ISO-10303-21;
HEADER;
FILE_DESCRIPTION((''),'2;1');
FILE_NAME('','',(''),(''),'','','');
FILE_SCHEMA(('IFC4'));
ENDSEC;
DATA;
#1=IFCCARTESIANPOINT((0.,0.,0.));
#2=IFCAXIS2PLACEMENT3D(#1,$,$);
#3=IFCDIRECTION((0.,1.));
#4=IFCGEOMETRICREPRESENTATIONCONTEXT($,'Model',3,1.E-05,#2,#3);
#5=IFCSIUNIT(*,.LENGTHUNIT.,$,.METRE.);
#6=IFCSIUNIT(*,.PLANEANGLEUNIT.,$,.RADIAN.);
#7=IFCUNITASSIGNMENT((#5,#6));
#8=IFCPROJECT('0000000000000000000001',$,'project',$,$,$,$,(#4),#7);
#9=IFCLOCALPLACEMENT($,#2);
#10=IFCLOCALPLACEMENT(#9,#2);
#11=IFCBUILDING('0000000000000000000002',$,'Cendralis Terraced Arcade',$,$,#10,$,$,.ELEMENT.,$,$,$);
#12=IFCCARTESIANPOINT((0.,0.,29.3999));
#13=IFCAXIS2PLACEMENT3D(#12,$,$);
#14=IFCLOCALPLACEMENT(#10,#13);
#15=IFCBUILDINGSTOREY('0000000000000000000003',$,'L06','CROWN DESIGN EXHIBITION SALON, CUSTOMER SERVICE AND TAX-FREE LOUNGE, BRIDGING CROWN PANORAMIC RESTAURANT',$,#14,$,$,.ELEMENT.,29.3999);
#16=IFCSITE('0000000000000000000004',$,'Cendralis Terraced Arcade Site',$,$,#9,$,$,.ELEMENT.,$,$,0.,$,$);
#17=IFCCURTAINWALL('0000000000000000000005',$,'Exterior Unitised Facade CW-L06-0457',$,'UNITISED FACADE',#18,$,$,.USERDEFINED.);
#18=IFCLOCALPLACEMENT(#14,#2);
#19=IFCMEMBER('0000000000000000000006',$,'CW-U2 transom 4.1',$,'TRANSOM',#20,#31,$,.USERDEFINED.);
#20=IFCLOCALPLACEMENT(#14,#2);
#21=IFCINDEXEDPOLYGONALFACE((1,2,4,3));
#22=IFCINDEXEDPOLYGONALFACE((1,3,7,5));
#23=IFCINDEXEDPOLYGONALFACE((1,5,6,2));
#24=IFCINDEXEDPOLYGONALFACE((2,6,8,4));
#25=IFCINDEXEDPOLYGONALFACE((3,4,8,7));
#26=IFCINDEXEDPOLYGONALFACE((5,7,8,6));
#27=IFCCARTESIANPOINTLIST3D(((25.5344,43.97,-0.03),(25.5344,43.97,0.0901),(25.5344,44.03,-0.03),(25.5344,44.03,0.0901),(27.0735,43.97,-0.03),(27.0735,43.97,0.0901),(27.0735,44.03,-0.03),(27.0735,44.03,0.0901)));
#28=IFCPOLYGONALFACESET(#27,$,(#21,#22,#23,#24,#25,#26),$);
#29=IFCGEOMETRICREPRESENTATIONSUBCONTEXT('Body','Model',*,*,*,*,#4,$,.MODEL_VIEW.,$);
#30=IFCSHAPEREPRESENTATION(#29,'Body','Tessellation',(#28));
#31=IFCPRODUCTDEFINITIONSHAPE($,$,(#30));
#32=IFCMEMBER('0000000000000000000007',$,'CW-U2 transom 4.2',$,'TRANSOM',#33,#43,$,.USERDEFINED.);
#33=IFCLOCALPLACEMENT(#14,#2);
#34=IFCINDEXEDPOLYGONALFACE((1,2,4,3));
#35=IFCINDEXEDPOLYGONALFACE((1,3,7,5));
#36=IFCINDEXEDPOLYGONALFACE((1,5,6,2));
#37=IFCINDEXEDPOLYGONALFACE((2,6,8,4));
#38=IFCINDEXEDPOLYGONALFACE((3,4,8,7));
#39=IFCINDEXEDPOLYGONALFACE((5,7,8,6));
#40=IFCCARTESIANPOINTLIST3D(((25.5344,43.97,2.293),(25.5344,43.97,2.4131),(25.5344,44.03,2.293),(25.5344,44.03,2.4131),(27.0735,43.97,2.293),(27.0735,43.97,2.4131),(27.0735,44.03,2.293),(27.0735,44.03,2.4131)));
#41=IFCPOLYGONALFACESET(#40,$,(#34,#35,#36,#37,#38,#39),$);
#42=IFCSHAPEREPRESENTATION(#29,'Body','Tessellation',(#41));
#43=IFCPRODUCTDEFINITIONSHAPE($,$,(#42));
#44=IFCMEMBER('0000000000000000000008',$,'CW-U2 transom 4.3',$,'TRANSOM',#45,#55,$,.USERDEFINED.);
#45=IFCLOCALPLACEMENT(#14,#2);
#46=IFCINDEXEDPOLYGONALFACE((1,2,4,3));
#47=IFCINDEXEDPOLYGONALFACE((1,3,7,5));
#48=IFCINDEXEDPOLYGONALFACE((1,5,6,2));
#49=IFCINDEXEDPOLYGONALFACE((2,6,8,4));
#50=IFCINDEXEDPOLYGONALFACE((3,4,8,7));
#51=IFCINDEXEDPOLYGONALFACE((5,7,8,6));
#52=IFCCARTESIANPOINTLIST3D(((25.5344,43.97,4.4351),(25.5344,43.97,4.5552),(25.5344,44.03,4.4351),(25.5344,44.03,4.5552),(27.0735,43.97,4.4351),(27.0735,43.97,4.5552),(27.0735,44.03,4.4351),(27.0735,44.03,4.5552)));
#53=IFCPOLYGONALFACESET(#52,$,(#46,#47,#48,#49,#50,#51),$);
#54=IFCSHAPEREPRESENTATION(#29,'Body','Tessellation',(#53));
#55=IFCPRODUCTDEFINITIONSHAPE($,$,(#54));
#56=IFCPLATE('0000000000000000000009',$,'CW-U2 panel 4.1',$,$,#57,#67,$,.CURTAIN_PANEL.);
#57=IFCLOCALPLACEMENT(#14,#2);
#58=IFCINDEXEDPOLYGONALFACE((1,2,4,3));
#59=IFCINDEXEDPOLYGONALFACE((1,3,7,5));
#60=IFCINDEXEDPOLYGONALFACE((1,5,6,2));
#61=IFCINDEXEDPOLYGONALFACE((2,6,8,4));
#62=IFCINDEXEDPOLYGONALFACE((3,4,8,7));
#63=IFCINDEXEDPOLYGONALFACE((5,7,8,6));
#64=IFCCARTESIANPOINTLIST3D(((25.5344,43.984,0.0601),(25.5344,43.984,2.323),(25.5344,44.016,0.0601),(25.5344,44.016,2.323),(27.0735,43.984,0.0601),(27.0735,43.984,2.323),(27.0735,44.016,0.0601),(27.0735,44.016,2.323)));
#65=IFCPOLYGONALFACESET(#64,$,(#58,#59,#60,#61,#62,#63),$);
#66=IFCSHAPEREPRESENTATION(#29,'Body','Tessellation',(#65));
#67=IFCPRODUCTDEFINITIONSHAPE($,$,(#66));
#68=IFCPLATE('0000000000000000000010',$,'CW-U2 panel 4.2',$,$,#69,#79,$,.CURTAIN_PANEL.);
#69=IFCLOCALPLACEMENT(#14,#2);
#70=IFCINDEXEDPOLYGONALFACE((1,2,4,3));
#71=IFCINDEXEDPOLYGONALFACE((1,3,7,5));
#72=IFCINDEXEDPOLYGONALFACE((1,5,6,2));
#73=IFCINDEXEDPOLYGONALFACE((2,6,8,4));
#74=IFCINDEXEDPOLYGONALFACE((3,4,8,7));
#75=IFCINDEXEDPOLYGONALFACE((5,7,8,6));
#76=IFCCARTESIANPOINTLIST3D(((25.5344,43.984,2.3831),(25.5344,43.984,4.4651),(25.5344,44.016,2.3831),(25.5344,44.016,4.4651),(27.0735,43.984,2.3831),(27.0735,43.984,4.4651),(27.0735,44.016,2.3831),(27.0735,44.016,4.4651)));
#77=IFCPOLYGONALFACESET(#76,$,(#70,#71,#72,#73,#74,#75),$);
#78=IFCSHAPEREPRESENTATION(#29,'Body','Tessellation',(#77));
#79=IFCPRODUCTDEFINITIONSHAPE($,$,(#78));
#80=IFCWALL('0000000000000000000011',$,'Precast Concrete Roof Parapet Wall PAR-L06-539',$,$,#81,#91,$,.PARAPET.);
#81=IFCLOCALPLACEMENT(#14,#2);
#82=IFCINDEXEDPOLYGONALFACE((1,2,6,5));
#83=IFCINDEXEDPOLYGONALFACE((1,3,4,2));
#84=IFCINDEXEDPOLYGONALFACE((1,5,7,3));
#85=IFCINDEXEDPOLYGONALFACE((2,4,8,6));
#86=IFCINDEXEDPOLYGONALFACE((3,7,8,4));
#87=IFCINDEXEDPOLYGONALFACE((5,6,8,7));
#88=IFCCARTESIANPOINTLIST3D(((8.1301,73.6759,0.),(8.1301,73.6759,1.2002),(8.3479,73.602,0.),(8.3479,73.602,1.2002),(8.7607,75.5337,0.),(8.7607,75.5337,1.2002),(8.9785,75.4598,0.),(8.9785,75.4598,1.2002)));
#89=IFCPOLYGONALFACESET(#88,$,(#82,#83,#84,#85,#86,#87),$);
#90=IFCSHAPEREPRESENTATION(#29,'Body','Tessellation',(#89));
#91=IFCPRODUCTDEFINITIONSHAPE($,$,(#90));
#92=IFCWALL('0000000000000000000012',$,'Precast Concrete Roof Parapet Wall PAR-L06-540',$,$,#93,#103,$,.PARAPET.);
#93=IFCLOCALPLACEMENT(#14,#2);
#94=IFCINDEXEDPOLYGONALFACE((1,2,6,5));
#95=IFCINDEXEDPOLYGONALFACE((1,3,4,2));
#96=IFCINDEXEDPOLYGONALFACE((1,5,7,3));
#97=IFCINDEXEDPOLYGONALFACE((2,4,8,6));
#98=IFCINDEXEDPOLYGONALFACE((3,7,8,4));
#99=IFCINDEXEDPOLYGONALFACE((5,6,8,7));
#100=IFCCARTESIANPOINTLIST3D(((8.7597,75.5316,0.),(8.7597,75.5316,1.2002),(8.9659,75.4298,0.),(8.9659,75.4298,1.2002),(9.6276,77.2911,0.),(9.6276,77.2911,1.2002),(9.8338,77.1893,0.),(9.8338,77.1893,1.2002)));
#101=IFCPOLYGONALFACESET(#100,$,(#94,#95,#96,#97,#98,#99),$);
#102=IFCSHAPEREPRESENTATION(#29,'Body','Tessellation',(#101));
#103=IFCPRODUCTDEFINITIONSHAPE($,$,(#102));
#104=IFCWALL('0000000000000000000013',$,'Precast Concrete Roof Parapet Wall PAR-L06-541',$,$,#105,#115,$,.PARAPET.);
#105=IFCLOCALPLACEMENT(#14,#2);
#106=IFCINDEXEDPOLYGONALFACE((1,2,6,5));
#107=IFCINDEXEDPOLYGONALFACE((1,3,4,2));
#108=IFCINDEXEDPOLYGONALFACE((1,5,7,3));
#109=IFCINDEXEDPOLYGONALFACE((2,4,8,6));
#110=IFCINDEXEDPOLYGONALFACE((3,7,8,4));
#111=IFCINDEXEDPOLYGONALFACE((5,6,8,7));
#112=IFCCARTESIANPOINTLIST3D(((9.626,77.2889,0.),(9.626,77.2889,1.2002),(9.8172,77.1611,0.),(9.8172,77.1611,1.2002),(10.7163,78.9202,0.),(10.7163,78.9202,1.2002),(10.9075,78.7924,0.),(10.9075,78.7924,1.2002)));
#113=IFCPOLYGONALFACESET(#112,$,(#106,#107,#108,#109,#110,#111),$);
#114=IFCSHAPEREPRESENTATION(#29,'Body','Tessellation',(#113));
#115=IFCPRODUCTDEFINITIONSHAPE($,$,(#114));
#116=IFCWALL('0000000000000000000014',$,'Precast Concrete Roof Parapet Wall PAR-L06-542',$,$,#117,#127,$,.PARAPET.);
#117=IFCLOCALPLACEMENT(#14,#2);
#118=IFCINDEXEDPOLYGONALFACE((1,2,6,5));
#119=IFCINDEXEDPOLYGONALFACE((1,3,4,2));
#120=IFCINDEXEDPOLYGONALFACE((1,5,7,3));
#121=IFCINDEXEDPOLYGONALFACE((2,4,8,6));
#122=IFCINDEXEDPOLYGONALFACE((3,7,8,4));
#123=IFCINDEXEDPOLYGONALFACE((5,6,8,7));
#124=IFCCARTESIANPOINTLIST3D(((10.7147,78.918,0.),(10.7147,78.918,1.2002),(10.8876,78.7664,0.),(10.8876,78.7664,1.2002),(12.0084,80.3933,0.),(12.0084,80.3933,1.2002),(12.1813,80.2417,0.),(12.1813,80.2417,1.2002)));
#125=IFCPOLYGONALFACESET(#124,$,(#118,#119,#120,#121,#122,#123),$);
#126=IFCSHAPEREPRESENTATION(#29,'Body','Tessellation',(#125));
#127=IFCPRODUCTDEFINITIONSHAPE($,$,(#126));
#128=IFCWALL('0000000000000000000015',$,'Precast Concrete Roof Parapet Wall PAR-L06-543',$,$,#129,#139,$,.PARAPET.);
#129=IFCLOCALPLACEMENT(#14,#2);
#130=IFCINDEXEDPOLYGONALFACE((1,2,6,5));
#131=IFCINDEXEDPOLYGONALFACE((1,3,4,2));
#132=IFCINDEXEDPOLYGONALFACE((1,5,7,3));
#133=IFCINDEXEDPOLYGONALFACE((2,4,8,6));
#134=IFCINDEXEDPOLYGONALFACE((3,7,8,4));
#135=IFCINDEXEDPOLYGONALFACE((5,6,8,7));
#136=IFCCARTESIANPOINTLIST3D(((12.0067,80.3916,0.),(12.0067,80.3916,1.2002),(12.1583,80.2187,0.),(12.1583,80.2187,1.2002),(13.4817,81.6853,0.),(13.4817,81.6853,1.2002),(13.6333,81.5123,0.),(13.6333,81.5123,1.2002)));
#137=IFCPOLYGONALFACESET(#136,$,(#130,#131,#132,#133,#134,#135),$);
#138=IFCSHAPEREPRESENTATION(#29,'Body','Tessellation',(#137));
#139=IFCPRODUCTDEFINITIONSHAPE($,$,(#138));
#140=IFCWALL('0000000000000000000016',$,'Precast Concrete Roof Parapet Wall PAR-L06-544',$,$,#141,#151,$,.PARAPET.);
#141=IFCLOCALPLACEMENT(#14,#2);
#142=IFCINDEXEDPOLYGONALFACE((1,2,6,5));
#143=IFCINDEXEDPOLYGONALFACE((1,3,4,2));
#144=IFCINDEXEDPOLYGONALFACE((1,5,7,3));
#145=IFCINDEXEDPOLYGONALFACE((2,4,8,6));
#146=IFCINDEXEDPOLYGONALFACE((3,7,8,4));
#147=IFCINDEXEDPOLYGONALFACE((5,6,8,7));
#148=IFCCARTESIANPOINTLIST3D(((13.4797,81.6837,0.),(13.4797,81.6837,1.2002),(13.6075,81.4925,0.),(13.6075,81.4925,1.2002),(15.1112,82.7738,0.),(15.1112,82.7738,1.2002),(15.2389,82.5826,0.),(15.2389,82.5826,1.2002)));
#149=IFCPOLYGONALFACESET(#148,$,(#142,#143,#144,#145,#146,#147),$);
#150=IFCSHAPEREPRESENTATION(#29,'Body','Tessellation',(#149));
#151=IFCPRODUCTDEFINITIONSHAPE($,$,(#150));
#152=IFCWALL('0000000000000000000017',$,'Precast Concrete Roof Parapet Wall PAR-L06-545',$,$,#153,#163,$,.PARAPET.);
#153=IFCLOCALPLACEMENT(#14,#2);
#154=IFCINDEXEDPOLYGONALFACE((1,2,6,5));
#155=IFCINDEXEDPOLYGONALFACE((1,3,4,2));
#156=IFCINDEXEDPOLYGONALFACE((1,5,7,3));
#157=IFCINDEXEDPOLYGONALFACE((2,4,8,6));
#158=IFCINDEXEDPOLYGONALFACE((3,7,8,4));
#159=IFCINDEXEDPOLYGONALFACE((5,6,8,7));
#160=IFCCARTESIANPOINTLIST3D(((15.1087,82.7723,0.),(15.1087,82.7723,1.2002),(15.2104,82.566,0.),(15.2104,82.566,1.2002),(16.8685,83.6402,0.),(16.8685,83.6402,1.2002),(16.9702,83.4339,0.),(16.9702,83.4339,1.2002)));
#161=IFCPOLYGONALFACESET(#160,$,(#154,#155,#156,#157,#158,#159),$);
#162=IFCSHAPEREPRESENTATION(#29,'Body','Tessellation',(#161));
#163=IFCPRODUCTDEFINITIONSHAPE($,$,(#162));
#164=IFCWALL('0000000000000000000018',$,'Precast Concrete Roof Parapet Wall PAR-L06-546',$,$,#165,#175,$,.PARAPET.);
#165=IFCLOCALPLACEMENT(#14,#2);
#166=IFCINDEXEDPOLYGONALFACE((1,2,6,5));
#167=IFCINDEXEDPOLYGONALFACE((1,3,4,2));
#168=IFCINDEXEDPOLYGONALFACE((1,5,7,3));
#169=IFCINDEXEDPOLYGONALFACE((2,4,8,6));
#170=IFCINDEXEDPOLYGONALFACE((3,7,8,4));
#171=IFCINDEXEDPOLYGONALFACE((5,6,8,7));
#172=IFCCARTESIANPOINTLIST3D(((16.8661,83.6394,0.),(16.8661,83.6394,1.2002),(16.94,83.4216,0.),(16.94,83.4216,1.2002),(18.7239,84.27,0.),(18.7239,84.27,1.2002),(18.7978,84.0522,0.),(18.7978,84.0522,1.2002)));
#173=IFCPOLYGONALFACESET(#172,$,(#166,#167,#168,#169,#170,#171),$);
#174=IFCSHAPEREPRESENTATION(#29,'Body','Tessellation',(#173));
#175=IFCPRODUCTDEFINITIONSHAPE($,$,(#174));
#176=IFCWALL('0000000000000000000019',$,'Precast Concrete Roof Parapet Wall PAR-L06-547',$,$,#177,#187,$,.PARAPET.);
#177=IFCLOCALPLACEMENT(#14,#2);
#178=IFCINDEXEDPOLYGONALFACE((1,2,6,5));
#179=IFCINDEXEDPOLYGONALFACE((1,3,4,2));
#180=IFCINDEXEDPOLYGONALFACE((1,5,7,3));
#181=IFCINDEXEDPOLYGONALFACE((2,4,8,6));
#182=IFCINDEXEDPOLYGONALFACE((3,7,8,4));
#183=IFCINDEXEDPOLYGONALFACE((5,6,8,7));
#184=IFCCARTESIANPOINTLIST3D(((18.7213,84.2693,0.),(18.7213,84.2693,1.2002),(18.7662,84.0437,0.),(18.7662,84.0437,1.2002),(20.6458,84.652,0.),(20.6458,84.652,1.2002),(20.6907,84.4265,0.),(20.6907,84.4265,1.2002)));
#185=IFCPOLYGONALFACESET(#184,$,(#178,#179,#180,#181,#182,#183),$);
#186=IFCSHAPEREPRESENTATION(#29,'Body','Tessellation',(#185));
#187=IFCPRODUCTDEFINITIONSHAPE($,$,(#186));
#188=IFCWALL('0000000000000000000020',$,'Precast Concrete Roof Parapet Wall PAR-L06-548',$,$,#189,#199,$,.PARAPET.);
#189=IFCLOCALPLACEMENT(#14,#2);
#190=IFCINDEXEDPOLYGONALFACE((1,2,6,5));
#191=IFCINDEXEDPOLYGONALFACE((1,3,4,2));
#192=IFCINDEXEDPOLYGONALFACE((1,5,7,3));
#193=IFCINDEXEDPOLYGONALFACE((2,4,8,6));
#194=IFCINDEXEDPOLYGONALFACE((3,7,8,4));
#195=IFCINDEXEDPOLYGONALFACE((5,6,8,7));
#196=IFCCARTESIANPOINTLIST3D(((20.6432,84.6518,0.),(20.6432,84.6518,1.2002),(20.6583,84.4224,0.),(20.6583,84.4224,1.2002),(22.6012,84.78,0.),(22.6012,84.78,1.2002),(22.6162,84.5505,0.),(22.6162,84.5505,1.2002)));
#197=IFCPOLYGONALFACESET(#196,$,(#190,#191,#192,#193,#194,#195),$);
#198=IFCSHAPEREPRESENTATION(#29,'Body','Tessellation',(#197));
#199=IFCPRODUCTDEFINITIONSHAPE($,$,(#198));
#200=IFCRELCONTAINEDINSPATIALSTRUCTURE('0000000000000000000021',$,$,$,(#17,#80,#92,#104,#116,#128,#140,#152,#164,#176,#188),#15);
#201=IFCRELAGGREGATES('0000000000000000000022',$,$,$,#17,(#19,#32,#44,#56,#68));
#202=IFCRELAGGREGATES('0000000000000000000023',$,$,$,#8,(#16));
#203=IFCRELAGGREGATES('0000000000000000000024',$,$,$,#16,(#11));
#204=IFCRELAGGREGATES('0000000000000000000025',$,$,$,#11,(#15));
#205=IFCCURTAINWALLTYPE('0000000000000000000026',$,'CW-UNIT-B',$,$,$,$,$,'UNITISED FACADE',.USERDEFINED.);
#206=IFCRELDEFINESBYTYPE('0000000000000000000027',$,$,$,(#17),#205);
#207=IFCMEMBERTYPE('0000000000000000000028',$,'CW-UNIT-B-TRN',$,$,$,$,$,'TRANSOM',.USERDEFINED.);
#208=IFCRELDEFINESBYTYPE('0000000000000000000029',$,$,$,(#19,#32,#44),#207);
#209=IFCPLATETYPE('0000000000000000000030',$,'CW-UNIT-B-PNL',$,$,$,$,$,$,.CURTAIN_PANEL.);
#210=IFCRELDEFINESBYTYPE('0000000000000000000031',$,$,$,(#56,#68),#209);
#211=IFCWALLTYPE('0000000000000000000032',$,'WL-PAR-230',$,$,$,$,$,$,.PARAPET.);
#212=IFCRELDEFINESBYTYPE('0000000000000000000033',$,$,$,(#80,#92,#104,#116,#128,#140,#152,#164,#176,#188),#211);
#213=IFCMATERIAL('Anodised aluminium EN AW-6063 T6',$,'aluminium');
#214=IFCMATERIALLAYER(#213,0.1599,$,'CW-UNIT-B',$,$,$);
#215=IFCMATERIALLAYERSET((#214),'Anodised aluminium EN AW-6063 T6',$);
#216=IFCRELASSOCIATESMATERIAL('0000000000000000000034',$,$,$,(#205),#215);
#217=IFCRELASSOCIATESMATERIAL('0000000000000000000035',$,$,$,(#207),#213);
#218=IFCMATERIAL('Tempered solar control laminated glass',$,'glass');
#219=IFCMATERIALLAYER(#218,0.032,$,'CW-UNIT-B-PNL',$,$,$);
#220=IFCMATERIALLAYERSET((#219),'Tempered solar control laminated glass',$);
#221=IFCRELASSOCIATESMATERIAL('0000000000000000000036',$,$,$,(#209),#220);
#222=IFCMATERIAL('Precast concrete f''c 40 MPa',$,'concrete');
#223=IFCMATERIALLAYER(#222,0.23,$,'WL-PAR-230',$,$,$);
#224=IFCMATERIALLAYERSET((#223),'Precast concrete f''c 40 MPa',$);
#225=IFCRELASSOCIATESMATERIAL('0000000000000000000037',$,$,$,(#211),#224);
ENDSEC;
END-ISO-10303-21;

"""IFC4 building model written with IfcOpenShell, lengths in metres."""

from ifc_helpers import new_model, si_unit, direction, frame, frame_2d, origin, origin_2d, place, context, subcontext, project, spatial, rectangle, extrude, material, layer, layer_set, material_profile, profile_set, type_object, element, aggregate, save


model = new_model("IFC4")

# Units and contexts
model_context = context("Model", 3, precision=1e-05, world=origin(), true_north=direction((0.0, 1.0)))
body_context = subcontext(model_context, "Body", "Model", "MODEL_VIEW")
ifc_project = project(units=[si_unit("LENGTHUNIT", "METRE"), si_unit("PLANEANGLEUNIT", "RADIAN")], contexts=[model_context])

# Site, building, storey
site_placement = place(None, origin())
site = spatial("IfcSite", under=ifc_project, at=site_placement, Name="Cendralis Terraced Arcade Site", CompositionType="ELEMENT", RefElevation=0.0)
building_placement = place(site_placement, origin())
building = spatial("IfcBuilding", under=site, at=building_placement, Name="Cendralis Terraced Arcade", CompositionType="ELEMENT")
storey_placement = place(building_placement, frame((0.0, 0.0, 29.3999)))
storey = spatial("IfcBuildingStorey", under=building, at=storey_placement, Name="L06", Description="CROWN DESIGN EXHIBITION SALON, CUSTOMER SERVICE AND TAX-FREE LOUNGE, BRIDGING CROWN PANORAMIC RESTAURANT", CompositionType="ELEMENT", Elevation=29.3999)

# Curtain wall, members, plates
ifc_material_1 = material(Name="Anodised aluminium EN AW-6063 T6", Category="aluminium")
ifc_layer_1 = layer(ifc_material_1, 0.1599, Name="CW-UNIT-B")
ifc_layer_set_1 = layer_set([ifc_layer_1], Name="Anodised aluminium EN AW-6063 T6")
curtain_wall_type = type_object("IfcCurtainWallType", Name="CW-UNIT-B", ElementType="UNITISED FACADE", PredefinedType="USERDEFINED", material=ifc_layer_set_1)
curtain_wall_placement = place(storey_placement, origin())
curtain_wall = element("IfcCurtainWall", 1, at=curtain_wall_placement, inside=storey, type_object=curtain_wall_type, Name="Exterior Unitised Facade CW-L06-0457", ObjectType="UNITISED FACADE", PredefinedType="USERDEFINED")
ifc_material_profile = material_profile(ifc_material_1, rectangle(XDim=0.0601, YDim=0.1201, at=origin_2d()), Name="ALU-TRN-60x120")
ifc_profile_set = profile_set([ifc_material_profile], Name="Anodised aluminium EN AW-6063 T6")
member_type = type_object("IfcMemberType", Name="CW-UNIT-B-TRN", ElementType="TRANSOM", PredefinedType="USERDEFINED", material=ifc_profile_set)
member_1_placement = place(storey_placement, frame((25.5344, 44.0, 0.03), z_axis=(1.0, 0.0, 0.0), x_axis=(0.0, 1.0, 0.0)))
member_1 = element("IfcMember", 2, at=member_1_placement, type_object=member_type, Name="CW-U2 transom 4.1", ObjectType="TRANSOM", PredefinedType="USERDEFINED", context=body_context, shape_type="SweptSolid", body=[
    extrude(rectangle(XDim=0.0601, YDim=0.1201, at=origin_2d()), origin(), (0.0, 0.0, 1.0), 1.5391),
])
member_2_placement = place(storey_placement, frame((25.5344, 44.0, 2.353), z_axis=(1.0, 0.0, 0.0), x_axis=(0.0, 1.0, 0.0)))
member_2 = element("IfcMember", 3, at=member_2_placement, type_object=member_type, Name="CW-U2 transom 4.2", ObjectType="TRANSOM", PredefinedType="USERDEFINED", context=body_context, shape_type="SweptSolid", body=[
    extrude(rectangle(XDim=0.0601, YDim=0.1201, at=origin_2d()), origin(), (0.0, 0.0, 1.0), 1.5391),
])
member_3_placement = place(storey_placement, frame((25.5344, 44.0, 4.4951), z_axis=(1.0, 0.0, 0.0), x_axis=(0.0, 1.0, 0.0)))
member_3 = element("IfcMember", 4, at=member_3_placement, type_object=member_type, Name="CW-U2 transom 4.3", ObjectType="TRANSOM", PredefinedType="USERDEFINED", context=body_context, shape_type="SweptSolid", body=[
    extrude(rectangle(XDim=0.0601, YDim=0.1201, at=origin_2d()), origin(), (0.0, 0.0, 1.0), 1.5391),
])
ifc_material_2 = material(Name="Tempered solar control laminated glass", Category="glass")
ifc_layer_2 = layer(ifc_material_2, 0.032, Name="CW-UNIT-B-PNL")
ifc_layer_set_2 = layer_set([ifc_layer_2], Name="Tempered solar control laminated glass")
plate_type = type_object("IfcPlateType", Name="CW-UNIT-B-PNL", PredefinedType="CURTAIN_PANEL", material=ifc_layer_set_2)
plate_1_placement = place(storey_placement, frame((26.304, 44.0, 0.0601), z_axis=(0.0, 0.0, 1.0), x_axis=(1.0, 0.0, 0.0)))
plate_1 = element("IfcPlate", 5, at=plate_1_placement, type_object=plate_type, Name="CW-U2 panel 4.1", PredefinedType="CURTAIN_PANEL", context=body_context, shape_type="SweptSolid", body=[
    extrude(rectangle(XDim=1.5391, YDim=0.032, at=origin_2d()), origin(), (0.0, 0.0, 1.0), 2.2629),
])
plate_2_placement = place(storey_placement, frame((26.304, 44.0, 2.3831), z_axis=(0.0, 0.0, 1.0), x_axis=(1.0, 0.0, 0.0)))
plate_2 = element("IfcPlate", 6, at=plate_2_placement, type_object=plate_type, Name="CW-U2 panel 4.2", PredefinedType="CURTAIN_PANEL", context=body_context, shape_type="SweptSolid", body=[
    extrude(rectangle(XDim=1.5391, YDim=0.032, at=origin_2d()), origin(), (0.0, 0.0, 1.0), 2.082),
])
aggregate(curtain_wall, [member_1, member_2, member_3, plate_1, plate_2])

# Walls
ifc_material_3 = material(Name="Precast concrete f'c 40 MPa", Category="concrete")
ifc_layer_3 = layer(ifc_material_3, 0.23, Name="WL-PAR-230")
ifc_layer_set_3 = layer_set([ifc_layer_3], Name="Precast concrete f'c 40 MPa")
wall_type_1 = type_object("IfcWallType", Name="WL-PAR-230", PredefinedType="PARAPET", material=ifc_layer_set_3)
for number, where, z_axis, x_axis, name in (
    (7, (8.239, 73.6389, 0.0), (0.0, 0.0, 1.0), (0.321412, 0.946939, 0.0), "Precast Concrete Roof Parapet Wall PAR-L06-539"),
    (8, (8.8628, 75.4807, 0.0), (0.0, 0.0, 1.0), (0.442379, 0.896828, 0.0), "Precast Concrete Roof Parapet Wall PAR-L06-540"),
):
    element("IfcWall", number, at=place(storey_placement, frame(where, z_axis=z_axis, x_axis=x_axis)), inside=storey, type_object=wall_type_1, Name=name, PredefinedType="PARAPET", context=body_context, shape_type="SweptSolid", body=[
        extrude(rectangle(XDim=1.9619, YDim=0.23, at=frame_2d((0.981, 0.0))), origin(), (0.0, 0.0, 1.0), 1.2002),
    ])
for number, where, z_axis, x_axis, name in (
    (9, (9.7217, 77.2251, 0.0), (0.0, 0.0, 1.0), (0.555676, 0.831399, 0.0), "Precast Concrete Roof Parapet Wall PAR-L06-541"),
    (10, (10.8013, 78.8423, 0.0), (0.0, 0.0, 1.0), (0.659306, 0.751875, 0.0), "Precast Concrete Roof Parapet Wall PAR-L06-542"),
):
    element("IfcWall", number, at=place(storey_placement, frame(where, z_axis=z_axis, x_axis=x_axis)), inside=storey, type_object=wall_type_1, Name=name, PredefinedType="PARAPET", context=body_context, shape_type="SweptSolid", body=[
        extrude(rectangle(XDim=1.9622, YDim=0.23, at=frame_2d((0.981, 0.0))), origin(), (0.0, 0.0, 1.0), 1.2002),
    ])
wall_1_placement = place(storey_placement, frame((12.0825, 80.3052, 0.0), z_axis=(0.0, 0.0, 1.0), x_axis=(0.751821, 0.659367, 0.0)))
element("IfcWall", 11, at=wall_1_placement, inside=storey, type_object=wall_type_1, Name="Precast Concrete Roof Parapet Wall PAR-L06-543", PredefinedType="PARAPET", context=body_context, shape_type="SweptSolid", body=[
    extrude(rectangle(XDim=1.9619, YDim=0.23, at=frame_2d((0.981, 0.0))), origin(), (0.0, 0.0, 1.0), 1.2002),
])
for number, where, z_axis, x_axis, name in (
    (12, (13.5437, 81.5881, 0.0), (0.0, 0.0, 1.0), (0.831456, 0.55559, 0.0), "Precast Concrete Roof Parapet Wall PAR-L06-544"),
    (13, (15.1597, 82.6692, 0.0), (0.0, 0.0, 1.0), (0.896853, 0.44233, 0.0), "Precast Concrete Roof Parapet Wall PAR-L06-545"),
):
    element("IfcWall", number, at=place(storey_placement, frame(where, z_axis=z_axis, x_axis=x_axis)), inside=storey, type_object=wall_type_1, Name=name, PredefinedType="PARAPET", context=body_context, shape_type="SweptSolid", body=[
        extrude(rectangle(XDim=1.9622, YDim=0.23, at=frame_2d((0.981, 0.0))), origin(), (0.0, 0.0, 1.0), 1.2002),
    ])
wall_2_placement = place(storey_placement, frame((16.9031, 83.5305, 0.0), z_axis=(0.0, 0.0, 1.0), x_axis=(0.946939, 0.321412, 0.0)))
element("IfcWall", 14, at=wall_2_placement, inside=storey, type_object=wall_type_1, Name="Precast Concrete Roof Parapet Wall PAR-L06-546", PredefinedType="PARAPET", context=body_context, shape_type="SweptSolid", body=[
    extrude(rectangle(XDim=1.9619, YDim=0.23, at=frame_2d((0.981, 0.0))), origin(), (0.0, 0.0, 1.0), 1.2002),
])
for number, where, z_axis, x_axis, name in (
    (15, (18.7439, 84.1565, 0.0), (0.0, 0.0, 1.0), (0.980786, 0.195087, 0.0), "Precast Concrete Roof Parapet Wall PAR-L06-547"),
    (16, (20.6509, 84.5371, 0.0), (0.0, 0.0, 1.0), (0.997864, 0.065322, 0.0), "Precast Concrete Roof Parapet Wall PAR-L06-548"),
):
    element("IfcWall", number, at=place(storey_placement, frame(where, z_axis=z_axis, x_axis=x_axis)), inside=storey, type_object=wall_type_1, Name=name, PredefinedType="PARAPET", context=body_context, shape_type="SweptSolid", body=[
        extrude(rectangle(XDim=1.9622, YDim=0.23, at=frame_2d((0.981, 0.0))), origin(), (0.0, 0.0, 1.0), 1.2002),
    ])

save(model, "model.ifc")
